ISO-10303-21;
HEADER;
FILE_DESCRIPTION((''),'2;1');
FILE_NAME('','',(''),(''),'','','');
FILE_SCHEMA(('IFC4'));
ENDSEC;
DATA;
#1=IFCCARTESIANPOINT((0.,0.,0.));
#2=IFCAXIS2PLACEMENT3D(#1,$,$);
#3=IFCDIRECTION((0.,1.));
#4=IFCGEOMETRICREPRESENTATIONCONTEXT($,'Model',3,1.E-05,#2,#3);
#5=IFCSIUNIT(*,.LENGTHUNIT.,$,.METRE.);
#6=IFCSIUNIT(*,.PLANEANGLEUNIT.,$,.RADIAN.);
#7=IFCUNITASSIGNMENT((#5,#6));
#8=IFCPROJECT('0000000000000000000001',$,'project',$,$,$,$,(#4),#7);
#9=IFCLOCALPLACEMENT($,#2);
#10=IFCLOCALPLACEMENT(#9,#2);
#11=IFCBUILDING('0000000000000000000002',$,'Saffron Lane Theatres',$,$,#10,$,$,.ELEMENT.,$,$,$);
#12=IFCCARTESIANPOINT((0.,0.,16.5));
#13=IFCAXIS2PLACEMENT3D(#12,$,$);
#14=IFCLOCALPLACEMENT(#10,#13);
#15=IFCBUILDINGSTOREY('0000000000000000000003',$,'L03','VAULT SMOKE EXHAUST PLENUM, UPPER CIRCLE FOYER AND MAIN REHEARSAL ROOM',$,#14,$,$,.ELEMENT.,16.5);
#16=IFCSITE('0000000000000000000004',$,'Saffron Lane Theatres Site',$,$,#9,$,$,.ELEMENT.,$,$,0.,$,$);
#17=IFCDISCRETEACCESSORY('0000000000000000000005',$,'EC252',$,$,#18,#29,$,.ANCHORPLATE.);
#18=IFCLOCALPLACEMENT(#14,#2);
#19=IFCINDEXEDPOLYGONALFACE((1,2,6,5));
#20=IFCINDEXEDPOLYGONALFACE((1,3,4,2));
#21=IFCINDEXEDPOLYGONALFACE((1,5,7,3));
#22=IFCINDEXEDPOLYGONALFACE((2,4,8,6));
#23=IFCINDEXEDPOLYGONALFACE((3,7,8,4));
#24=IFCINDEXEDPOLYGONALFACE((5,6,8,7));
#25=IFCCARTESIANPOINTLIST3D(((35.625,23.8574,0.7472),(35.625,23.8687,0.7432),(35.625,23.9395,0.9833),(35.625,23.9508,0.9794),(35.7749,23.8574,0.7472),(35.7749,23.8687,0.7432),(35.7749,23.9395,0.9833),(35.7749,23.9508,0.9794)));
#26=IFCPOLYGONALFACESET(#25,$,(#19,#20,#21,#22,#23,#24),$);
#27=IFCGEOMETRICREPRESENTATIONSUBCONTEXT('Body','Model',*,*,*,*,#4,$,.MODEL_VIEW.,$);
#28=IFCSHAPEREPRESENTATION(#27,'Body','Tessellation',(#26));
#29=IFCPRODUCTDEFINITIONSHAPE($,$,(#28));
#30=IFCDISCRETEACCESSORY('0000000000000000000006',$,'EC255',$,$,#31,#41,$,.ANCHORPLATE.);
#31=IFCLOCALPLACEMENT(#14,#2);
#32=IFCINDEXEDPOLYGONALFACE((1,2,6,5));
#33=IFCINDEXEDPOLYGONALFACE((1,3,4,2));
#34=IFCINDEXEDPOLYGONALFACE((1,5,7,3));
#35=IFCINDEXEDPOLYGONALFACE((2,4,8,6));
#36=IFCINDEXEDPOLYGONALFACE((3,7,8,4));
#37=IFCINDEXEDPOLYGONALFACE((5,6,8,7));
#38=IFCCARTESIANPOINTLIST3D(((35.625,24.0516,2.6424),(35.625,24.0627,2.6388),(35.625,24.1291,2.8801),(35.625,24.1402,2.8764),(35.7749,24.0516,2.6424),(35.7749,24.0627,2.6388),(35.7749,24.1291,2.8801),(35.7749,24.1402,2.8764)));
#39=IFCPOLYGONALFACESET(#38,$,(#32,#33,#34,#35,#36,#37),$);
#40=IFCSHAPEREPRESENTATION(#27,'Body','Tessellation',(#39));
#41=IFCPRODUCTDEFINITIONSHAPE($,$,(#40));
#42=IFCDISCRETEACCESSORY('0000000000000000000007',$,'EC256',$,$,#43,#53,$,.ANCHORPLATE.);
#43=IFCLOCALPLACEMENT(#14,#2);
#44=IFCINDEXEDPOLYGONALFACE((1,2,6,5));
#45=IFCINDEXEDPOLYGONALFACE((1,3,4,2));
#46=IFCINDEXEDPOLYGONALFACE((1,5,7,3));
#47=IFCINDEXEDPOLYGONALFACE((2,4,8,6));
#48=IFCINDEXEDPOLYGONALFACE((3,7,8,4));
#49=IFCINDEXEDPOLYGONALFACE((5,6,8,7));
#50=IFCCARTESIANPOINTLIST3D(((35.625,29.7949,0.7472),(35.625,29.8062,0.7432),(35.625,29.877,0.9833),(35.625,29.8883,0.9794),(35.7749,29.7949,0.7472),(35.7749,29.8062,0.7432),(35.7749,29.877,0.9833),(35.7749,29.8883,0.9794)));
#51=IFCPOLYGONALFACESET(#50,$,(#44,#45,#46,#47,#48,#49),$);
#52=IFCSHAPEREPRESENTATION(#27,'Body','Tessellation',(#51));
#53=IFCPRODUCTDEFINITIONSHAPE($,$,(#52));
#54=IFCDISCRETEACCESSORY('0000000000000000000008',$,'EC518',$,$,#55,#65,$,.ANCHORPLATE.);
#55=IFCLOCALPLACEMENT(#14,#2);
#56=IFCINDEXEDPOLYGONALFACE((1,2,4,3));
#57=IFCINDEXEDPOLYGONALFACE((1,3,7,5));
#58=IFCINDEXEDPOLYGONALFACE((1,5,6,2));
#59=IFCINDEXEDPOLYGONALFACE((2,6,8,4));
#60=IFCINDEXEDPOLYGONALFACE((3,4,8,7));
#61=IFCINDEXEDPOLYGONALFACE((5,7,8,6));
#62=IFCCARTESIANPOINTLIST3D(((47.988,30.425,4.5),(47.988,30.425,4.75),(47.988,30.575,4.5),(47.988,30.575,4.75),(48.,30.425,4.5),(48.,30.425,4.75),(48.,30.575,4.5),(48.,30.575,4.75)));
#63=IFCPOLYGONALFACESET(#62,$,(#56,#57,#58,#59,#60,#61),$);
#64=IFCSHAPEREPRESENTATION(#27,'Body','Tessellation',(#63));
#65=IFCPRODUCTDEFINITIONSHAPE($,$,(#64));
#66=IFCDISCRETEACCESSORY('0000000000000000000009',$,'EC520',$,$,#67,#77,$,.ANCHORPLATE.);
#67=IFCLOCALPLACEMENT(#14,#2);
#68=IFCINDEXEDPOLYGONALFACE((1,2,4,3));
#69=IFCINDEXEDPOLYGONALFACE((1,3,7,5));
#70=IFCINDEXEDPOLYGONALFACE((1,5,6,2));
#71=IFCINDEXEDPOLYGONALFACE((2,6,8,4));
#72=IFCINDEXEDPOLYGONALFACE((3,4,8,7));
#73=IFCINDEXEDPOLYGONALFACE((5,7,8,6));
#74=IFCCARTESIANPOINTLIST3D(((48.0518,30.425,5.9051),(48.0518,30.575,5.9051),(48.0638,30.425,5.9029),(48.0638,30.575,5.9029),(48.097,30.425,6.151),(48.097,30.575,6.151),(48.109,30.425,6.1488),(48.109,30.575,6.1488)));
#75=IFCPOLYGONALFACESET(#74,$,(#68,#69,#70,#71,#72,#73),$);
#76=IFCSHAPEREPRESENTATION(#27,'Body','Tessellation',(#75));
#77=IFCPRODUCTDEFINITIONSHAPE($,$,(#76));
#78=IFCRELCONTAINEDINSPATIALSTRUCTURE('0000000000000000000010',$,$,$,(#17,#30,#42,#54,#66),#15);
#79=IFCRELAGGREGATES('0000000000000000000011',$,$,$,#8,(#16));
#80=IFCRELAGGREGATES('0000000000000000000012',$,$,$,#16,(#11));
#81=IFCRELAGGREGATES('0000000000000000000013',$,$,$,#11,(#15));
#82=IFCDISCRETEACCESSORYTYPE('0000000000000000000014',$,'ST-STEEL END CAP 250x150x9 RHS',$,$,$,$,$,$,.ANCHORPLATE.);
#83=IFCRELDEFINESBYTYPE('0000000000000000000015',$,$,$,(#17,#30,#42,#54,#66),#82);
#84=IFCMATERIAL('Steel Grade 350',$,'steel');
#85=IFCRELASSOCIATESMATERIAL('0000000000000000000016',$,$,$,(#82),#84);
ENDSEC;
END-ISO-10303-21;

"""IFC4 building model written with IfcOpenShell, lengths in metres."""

from ifc_helpers import new_model, si_unit, direction, frame, origin, origin_2d, place, context, subcontext, project, spatial, rectangle, extrude, material, material_profile, profile_set, type_object, element, save


model = new_model("IFC4")

# Units and contexts
model_context = context("Model", 3, precision=1e-05, world=origin(), true_north=direction((0.0, 1.0)))
body_context = subcontext(model_context, "Body", "Model", "MODEL_VIEW")
ifc_project = project(units=[si_unit("LENGTHUNIT", "METRE"), si_unit("PLANEANGLEUNIT", "RADIAN")], contexts=[model_context])

# Site, building, storey
site_placement = place(None, origin())
site = spatial("IfcSite", under=ifc_project, at=site_placement, Name="Saffron Lane Theatres Site", CompositionType="ELEMENT", RefElevation=0.0)
building_placement = place(site_placement, origin())
building = spatial("IfcBuilding", under=site, at=building_placement, Name="Saffron Lane Theatres", CompositionType="ELEMENT")
storey_placement = place(building_placement, frame((0.0, 0.0, 16.5)))
storey = spatial("IfcBuildingStorey", under=building, at=storey_placement, Name="L03", Description="VAULT SMOKE EXHAUST PLENUM, UPPER CIRCLE FOYER AND MAIN REHEARSAL ROOM", CompositionType="ELEMENT", Elevation=16.5)

# Discrete accessories
ifc_material_1 = material(Name="Steel Grade 350", Category="steel")
ifc_material_profile_1 = material_profile(ifc_material_1, rectangle(XDim=0.1499, YDim=0.25, at=origin_2d()))
ifc_profile_set_1 = profile_set([ifc_material_profile_1], Name="Steel Grade 350")
discrete_accessory_type_1 = type_object("IfcDiscreteAccessoryType", Name="ST-STEEL END CAP 250x150x9 RHS", PredefinedType="ANCHORPLATE", material=ifc_profile_set_1)
discrete_accessory_1_placement = place(storey_placement, frame((35.7, 23.8984, 0.8652), z_axis=(0.0, 0.944497, -0.328521), x_axis=(-1.0, 0.0, 0.0)))
element("IfcDiscreteAccessory", 1, at=discrete_accessory_1_placement, inside=storey, type_object=discrete_accessory_type_1, Name="EC252", PredefinedType="ANCHORPLATE", context=body_context, shape_type="SweptSolid", body=[
    extrude(rectangle(XDim=0.1499, YDim=0.25, at=origin_2d()), origin(), (0.0, 0.0, 1.0), 0.012),
])
discrete_accessory_2_placement = place(storey_placement, frame((35.7, 24.0903, 2.7612), z_axis=(0.0, 0.95073, -0.310021), x_axis=(-1.0, 0.0, 0.0)))
element("IfcDiscreteAccessory", 2, at=discrete_accessory_2_placement, inside=storey, type_object=discrete_accessory_type_1, Name="EC255", PredefinedType="ANCHORPLATE", context=body_context, shape_type="SweptSolid", body=[
    extrude(rectangle(XDim=0.1499, YDim=0.25, at=origin_2d()), origin(), (0.0, 0.0, 1.0), 0.0117),
])
for number, where, z_axis, x_axis, name in (
    (3, (35.7, 29.8359, 0.8652), (0.0, 0.944497, -0.328521), (-1.0, 0.0, 0.0), "EC256"),
    (4, (48.0, 30.5, 4.625), (-1.0, 0.0, 0.0), (0.0, -1.0, 0.0), "EC518"),
):
    element("IfcDiscreteAccessory", number, at=place(storey_placement, frame(where, z_axis=z_axis, x_axis=x_axis)), inside=storey, type_object=discrete_accessory_type_1, Name=name, PredefinedType="ANCHORPLATE", context=body_context, shape_type="SweptSolid", body=[
        extrude(rectangle(XDim=0.1499, YDim=0.25, at=origin_2d()), origin(), (0.0, 0.0, 1.0), 0.012),
    ])
discrete_accessory_3_placement = place(storey_placement, frame((48.0864, 30.5, 6.0259), z_axis=(-0.983547, 0.0, 0.180652), x_axis=(0.0, -1.0, 0.0)))
element("IfcDiscreteAccessory", 5, at=discrete_accessory_3_placement, inside=storey, type_object=discrete_accessory_type_1, Name="EC520", PredefinedType="ANCHORPLATE", context=body_context, shape_type="SweptSolid", body=[
    extrude(rectangle(XDim=0.1499, YDim=0.25, at=origin_2d()), origin(), (0.0, 0.0, 1.0), 0.0122),
])

save(model, "model.ifc")
